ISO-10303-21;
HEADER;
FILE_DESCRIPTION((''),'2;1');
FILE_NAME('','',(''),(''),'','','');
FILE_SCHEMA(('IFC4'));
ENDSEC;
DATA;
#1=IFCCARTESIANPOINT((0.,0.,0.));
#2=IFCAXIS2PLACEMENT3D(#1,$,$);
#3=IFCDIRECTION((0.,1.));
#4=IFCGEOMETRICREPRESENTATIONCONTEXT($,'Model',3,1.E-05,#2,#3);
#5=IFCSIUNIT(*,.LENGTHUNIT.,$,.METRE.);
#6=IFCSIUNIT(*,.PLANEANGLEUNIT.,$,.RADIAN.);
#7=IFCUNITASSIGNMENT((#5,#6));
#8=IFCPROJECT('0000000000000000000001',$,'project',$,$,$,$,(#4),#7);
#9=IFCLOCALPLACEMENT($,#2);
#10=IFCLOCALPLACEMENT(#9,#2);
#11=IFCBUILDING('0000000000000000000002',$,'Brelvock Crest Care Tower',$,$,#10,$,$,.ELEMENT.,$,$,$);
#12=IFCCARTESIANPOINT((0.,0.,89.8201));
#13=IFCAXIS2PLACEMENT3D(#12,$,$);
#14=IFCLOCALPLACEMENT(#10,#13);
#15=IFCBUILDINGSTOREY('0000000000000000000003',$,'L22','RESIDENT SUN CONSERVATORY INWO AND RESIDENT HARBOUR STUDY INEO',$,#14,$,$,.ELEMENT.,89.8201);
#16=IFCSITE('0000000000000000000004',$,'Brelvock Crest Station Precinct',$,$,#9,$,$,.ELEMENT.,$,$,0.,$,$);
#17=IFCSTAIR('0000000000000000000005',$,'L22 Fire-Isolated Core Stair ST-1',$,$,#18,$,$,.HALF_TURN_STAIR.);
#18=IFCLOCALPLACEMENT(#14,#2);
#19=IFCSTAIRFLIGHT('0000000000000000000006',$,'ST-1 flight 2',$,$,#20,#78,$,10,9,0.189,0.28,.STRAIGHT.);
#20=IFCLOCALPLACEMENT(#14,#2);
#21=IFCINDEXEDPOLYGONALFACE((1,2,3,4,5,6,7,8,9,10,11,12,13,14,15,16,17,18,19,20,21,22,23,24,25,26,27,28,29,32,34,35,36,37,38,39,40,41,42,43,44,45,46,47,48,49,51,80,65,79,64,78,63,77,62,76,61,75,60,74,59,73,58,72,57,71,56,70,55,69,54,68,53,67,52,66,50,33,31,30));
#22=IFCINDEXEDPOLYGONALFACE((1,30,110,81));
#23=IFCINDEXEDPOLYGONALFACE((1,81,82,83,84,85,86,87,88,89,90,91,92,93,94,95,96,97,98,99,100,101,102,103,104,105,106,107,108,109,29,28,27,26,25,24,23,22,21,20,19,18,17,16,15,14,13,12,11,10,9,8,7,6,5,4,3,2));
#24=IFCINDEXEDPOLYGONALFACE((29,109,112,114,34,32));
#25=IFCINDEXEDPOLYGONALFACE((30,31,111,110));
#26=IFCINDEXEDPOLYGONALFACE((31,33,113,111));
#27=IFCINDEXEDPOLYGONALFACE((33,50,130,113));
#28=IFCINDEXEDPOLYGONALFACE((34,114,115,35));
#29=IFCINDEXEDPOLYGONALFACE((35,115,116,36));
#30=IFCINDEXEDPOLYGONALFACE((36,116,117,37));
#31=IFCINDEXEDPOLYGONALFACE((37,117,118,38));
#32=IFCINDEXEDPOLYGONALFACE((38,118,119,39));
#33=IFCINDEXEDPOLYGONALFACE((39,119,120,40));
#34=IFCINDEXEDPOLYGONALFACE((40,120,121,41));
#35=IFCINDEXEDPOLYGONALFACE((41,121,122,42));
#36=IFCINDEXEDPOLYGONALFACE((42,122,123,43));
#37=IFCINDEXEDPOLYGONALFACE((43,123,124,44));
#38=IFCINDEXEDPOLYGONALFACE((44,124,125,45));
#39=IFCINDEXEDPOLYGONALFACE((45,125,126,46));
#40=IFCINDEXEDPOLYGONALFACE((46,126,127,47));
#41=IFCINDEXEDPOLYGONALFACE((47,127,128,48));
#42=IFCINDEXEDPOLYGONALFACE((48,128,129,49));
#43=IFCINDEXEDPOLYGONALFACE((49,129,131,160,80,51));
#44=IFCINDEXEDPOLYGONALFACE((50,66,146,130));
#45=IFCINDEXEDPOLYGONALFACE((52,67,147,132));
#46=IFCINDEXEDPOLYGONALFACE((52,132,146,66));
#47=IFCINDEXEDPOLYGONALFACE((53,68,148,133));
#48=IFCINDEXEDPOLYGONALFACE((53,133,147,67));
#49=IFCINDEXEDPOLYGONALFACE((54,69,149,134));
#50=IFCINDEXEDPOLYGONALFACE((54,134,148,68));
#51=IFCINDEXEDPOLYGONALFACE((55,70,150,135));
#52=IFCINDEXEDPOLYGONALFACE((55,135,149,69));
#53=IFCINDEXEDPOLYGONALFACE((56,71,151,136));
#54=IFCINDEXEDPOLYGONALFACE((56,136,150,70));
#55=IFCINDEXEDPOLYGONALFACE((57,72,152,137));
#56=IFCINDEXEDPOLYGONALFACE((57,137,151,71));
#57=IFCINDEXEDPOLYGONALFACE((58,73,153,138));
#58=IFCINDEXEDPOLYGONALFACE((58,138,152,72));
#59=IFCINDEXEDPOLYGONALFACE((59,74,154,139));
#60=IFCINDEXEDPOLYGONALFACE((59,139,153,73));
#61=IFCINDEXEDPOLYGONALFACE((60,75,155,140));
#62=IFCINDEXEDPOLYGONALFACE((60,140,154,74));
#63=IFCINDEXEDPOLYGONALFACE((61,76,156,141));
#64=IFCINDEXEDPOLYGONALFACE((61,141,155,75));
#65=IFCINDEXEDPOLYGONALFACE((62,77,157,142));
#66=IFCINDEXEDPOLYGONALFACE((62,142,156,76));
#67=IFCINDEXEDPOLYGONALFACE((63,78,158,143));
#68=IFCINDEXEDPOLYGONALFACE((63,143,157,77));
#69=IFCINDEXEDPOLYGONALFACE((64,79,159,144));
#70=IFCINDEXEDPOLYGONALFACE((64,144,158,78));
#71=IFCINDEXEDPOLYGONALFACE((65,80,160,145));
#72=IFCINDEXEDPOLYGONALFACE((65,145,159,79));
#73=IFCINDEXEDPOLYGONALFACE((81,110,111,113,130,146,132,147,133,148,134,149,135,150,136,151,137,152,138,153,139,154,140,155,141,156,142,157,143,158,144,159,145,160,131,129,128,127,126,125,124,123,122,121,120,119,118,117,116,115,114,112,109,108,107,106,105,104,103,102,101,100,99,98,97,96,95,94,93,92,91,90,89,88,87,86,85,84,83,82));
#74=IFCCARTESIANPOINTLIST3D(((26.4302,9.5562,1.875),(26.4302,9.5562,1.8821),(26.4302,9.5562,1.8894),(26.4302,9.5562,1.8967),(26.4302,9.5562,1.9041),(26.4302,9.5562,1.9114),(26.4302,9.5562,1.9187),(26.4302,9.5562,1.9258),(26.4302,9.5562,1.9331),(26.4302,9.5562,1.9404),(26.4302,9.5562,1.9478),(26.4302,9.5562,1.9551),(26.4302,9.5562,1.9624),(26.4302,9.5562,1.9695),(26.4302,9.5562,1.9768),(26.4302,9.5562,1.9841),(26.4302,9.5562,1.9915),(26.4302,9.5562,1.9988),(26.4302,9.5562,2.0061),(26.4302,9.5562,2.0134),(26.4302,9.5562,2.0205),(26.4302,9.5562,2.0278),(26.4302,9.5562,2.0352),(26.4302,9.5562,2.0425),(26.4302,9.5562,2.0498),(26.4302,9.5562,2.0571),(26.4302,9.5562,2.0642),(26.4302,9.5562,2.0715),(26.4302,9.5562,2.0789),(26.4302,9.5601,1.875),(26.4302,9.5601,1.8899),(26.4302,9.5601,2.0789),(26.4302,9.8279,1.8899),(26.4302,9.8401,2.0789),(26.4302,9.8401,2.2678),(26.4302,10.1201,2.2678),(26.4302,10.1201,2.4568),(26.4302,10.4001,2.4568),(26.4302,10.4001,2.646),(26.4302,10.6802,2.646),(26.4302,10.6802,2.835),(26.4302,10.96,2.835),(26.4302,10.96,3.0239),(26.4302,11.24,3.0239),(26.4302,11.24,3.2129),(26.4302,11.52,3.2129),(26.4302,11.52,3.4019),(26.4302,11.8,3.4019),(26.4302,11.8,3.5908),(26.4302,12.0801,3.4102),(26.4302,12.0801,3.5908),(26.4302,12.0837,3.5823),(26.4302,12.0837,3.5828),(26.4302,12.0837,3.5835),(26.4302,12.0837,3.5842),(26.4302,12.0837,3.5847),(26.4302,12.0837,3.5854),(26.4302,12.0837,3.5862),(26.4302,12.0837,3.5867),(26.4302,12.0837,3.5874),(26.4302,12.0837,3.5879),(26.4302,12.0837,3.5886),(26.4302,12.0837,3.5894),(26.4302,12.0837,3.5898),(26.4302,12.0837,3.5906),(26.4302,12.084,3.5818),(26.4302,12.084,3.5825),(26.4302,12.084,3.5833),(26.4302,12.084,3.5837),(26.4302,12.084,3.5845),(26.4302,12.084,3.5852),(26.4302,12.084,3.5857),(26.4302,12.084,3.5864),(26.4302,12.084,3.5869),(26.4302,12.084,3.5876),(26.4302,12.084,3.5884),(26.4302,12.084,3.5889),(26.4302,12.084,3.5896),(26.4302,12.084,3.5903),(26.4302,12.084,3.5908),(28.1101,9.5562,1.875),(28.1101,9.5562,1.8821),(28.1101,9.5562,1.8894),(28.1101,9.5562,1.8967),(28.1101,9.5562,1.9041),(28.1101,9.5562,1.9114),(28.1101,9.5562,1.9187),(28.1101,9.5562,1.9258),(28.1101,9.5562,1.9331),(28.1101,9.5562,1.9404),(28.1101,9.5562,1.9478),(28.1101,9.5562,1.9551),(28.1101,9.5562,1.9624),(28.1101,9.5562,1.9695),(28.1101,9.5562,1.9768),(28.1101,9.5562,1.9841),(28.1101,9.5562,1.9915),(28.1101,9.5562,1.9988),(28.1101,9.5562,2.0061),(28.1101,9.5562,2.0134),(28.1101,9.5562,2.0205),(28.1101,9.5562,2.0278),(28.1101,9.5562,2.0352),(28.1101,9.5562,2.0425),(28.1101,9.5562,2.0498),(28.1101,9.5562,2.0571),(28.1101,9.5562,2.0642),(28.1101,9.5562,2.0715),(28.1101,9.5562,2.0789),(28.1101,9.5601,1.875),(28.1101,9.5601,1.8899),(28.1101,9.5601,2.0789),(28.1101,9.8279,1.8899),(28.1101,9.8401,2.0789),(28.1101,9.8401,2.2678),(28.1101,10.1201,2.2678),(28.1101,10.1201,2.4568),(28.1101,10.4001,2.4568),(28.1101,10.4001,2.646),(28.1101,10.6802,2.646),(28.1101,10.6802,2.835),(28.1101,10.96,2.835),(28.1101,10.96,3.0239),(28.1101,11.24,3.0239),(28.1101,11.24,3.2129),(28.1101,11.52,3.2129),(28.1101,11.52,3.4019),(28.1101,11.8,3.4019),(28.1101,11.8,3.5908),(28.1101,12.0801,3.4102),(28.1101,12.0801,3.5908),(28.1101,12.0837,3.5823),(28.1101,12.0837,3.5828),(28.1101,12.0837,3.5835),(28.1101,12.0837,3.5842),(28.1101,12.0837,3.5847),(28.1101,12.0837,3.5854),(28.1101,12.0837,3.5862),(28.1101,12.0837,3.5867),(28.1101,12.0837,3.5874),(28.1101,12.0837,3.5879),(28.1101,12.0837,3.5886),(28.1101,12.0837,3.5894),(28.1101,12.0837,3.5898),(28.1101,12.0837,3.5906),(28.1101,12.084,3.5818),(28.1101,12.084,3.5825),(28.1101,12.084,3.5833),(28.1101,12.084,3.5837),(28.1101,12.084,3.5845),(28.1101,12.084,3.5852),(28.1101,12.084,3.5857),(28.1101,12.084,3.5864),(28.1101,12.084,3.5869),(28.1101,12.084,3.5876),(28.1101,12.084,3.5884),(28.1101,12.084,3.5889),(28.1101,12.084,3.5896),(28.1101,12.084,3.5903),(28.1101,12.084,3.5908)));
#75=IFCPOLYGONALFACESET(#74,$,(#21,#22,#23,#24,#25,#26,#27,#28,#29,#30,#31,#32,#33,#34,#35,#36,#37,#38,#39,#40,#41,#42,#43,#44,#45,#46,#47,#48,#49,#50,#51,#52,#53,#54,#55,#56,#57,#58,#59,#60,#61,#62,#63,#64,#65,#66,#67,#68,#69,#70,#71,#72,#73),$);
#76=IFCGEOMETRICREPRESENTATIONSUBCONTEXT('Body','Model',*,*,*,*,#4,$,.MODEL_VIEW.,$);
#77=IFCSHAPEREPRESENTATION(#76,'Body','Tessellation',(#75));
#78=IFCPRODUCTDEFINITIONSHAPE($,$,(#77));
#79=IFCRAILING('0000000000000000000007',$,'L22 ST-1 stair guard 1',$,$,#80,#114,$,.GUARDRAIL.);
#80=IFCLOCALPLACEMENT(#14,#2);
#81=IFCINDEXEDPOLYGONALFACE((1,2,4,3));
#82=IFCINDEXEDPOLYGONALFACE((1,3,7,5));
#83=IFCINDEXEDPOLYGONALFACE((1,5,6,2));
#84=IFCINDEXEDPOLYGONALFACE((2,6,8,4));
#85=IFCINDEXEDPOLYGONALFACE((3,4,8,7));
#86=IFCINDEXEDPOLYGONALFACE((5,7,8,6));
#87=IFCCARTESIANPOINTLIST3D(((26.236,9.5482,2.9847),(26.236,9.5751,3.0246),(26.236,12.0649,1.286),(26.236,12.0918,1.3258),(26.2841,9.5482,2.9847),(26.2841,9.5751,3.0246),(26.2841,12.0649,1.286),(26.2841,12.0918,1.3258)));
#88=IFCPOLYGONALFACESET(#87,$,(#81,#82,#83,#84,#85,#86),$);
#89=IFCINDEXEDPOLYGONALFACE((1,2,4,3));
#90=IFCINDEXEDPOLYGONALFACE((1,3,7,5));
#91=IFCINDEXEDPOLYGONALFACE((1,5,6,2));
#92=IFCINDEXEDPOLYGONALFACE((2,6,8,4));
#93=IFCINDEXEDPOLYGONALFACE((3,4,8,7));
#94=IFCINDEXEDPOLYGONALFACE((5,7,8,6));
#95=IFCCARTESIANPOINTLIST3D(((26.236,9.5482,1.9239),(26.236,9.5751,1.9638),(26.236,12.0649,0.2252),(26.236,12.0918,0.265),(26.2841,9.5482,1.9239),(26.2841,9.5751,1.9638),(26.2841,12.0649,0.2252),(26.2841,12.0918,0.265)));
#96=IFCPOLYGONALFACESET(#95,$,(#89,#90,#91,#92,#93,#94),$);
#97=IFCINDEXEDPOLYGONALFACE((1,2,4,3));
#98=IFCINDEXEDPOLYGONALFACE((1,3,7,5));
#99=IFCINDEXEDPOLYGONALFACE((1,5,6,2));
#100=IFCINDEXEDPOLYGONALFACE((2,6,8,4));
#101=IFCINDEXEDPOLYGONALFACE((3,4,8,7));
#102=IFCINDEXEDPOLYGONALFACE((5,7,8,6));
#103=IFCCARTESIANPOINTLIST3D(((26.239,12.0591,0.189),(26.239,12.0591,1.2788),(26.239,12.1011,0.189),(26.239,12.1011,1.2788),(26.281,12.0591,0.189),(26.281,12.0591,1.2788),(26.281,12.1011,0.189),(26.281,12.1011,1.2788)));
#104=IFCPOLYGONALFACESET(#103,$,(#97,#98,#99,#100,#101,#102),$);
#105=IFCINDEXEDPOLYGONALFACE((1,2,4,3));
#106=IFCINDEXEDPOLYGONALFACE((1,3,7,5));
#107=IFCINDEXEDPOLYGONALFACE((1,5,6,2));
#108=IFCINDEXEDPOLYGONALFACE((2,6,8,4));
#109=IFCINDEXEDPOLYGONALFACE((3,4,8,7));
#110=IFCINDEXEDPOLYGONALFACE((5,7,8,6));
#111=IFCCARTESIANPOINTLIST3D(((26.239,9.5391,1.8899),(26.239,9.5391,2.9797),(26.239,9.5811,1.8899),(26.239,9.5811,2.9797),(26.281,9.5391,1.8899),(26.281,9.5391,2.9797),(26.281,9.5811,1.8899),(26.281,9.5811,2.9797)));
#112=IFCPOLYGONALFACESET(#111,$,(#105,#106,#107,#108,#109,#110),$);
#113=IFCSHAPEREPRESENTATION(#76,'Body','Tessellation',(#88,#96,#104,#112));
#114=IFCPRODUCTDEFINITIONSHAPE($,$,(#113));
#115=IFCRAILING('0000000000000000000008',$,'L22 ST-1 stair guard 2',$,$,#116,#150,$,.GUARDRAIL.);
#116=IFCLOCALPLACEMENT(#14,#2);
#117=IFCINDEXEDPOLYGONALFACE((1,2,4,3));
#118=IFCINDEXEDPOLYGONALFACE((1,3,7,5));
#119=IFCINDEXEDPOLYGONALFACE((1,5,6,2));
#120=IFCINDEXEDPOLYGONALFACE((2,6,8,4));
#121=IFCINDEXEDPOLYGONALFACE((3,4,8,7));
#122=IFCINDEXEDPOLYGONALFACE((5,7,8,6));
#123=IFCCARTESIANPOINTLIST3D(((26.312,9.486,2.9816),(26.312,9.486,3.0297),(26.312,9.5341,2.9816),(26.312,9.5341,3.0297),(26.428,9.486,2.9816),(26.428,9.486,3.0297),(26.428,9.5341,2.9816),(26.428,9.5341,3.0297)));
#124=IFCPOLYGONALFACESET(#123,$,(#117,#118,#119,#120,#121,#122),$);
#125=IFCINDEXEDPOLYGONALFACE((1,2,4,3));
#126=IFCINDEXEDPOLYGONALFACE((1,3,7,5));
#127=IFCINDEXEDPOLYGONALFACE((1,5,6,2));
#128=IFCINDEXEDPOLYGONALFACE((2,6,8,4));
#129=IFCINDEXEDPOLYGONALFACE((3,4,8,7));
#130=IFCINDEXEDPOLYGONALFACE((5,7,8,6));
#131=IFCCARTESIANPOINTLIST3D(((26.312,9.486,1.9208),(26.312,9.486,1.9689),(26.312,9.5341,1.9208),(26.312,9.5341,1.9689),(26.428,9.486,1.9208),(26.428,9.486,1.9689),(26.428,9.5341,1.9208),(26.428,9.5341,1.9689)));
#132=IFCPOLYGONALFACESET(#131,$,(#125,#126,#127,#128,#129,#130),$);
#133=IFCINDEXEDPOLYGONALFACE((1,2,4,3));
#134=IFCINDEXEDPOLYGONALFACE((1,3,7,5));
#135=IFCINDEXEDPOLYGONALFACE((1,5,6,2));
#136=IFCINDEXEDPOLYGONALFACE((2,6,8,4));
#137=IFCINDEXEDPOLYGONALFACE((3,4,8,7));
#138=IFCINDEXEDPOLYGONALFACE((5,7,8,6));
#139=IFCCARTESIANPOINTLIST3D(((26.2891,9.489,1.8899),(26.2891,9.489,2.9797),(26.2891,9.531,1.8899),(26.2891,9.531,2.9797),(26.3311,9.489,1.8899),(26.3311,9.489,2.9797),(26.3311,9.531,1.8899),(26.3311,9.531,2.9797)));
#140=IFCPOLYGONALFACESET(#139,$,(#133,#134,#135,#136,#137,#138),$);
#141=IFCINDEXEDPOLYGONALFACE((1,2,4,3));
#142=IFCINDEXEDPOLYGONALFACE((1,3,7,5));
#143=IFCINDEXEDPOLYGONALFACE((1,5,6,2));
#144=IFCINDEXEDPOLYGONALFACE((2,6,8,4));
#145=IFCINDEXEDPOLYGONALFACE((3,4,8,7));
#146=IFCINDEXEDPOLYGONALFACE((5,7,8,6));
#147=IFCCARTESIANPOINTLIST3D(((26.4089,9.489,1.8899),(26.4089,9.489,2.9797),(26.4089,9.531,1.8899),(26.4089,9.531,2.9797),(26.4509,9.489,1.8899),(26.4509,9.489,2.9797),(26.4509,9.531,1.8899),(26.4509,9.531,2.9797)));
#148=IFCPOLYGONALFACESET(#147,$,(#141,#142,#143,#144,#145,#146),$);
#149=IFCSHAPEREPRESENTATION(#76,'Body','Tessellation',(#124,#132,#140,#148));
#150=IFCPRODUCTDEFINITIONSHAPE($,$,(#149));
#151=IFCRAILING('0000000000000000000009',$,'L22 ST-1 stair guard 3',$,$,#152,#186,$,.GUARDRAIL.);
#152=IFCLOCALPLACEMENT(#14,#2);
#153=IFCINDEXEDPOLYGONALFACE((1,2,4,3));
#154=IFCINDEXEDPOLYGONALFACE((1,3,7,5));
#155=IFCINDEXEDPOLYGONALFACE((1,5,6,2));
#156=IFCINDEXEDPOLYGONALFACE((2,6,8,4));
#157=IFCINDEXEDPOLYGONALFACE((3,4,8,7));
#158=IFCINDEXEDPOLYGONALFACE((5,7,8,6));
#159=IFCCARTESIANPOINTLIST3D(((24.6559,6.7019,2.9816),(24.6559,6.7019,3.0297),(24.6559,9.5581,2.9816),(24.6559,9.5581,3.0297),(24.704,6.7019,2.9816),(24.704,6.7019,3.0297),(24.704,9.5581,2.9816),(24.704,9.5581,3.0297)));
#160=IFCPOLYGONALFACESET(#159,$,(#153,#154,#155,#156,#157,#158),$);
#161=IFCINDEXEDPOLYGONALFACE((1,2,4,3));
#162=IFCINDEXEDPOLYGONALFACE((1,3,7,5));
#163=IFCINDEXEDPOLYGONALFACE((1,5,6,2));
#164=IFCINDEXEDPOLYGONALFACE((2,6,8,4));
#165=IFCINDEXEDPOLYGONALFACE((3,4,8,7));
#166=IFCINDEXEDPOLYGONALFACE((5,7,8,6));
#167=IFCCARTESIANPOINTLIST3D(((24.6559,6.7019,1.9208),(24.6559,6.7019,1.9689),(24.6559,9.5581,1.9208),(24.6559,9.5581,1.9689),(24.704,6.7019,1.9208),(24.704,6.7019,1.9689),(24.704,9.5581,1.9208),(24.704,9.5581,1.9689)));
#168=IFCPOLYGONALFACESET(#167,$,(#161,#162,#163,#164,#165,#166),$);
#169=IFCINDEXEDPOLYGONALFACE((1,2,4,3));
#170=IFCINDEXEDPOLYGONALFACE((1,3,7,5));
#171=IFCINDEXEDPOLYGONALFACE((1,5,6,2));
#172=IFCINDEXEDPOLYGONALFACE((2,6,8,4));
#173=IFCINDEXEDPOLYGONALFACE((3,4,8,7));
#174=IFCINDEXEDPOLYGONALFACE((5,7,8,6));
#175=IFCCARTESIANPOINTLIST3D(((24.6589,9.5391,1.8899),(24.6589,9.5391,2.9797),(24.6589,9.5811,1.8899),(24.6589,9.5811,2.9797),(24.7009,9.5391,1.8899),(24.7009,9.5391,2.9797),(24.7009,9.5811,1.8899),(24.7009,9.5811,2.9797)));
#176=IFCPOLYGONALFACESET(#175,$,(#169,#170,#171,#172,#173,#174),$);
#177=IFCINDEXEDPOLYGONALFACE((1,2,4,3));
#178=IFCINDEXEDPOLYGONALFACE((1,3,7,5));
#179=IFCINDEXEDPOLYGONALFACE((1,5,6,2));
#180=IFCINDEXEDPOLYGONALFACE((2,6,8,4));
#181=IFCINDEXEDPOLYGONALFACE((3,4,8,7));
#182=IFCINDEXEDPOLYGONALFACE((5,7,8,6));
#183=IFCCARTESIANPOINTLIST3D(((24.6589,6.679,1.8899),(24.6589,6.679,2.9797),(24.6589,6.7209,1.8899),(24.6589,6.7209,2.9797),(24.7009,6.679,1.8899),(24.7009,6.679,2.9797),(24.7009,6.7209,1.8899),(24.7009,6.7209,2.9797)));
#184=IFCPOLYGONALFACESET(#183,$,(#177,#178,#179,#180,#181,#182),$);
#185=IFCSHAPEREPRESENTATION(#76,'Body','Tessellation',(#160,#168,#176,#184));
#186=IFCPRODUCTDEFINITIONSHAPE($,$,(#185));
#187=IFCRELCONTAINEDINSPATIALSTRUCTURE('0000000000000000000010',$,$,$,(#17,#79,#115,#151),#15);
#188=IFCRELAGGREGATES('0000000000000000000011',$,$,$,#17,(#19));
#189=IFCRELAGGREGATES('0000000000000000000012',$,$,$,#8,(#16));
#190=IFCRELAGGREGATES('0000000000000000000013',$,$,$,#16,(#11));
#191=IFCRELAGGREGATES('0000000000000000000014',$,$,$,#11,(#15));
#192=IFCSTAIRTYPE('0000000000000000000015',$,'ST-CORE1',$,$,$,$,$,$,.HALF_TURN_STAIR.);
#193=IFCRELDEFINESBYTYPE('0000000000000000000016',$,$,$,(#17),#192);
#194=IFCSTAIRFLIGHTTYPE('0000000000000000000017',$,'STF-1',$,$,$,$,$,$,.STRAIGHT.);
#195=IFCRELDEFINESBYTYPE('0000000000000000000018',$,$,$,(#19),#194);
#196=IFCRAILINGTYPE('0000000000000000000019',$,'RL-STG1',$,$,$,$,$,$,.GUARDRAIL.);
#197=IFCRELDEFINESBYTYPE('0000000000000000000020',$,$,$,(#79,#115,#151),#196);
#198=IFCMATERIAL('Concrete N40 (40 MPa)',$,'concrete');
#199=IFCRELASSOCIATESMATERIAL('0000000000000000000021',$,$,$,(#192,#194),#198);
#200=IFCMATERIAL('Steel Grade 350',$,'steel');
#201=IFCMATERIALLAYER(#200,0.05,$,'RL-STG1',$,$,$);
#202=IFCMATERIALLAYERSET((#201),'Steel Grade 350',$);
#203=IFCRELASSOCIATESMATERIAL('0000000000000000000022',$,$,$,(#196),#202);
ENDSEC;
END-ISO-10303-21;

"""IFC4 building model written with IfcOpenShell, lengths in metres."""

from ifc_helpers import new_model, si_unit, direction, frame, origin, origin_2d, place, context, subcontext, project, spatial, polyline, rectangle, outline, extrude, material, layer, layer_set, type_object, element, aggregate, save


model = new_model("IFC4")

# Units and contexts
model_context = context("Model", 3, precision=1e-05, world=origin(), true_north=direction((0.0, 1.0)))
body_context = subcontext(model_context, "Body", "Model", "MODEL_VIEW")
ifc_project = project(units=[si_unit("LENGTHUNIT", "METRE"), si_unit("PLANEANGLEUNIT", "RADIAN")], contexts=[model_context])

# Site, building, storey
site_placement = place(None, origin())
site = spatial("IfcSite", under=ifc_project, at=site_placement, Name="Brelvock Crest Station Precinct", CompositionType="ELEMENT", RefElevation=0.0)
building_placement = place(site_placement, origin())
building = spatial("IfcBuilding", under=site, at=building_placement, Name="Brelvock Crest Care Tower", CompositionType="ELEMENT")
storey_placement = place(building_placement, frame((0.0, 0.0, 89.8201)))
storey = spatial("IfcBuildingStorey", under=building, at=storey_placement, Name="L22", Description="RESIDENT SUN CONSERVATORY INWO AND RESIDENT HARBOUR STUDY INEO", CompositionType="ELEMENT", Elevation=89.8201)

# Shared definitions
ifc_material_1 = material(Name="Steel Grade 350", Category="steel")

# Stair, stair flight
ifc_material_2 = material(Name="Concrete N40 (40 MPa)", Category="concrete")
stair_type = type_object("IfcStairType", Name="ST-CORE1", PredefinedType="HALF_TURN_STAIR", material=ifc_material_2)
stair_placement = place(storey_placement, origin())
stair = element("IfcStair", 1, at=stair_placement, inside=storey, type_object=stair_type, Name="L22 Fire-Isolated Core Stair ST-1", PredefinedType="HALF_TURN_STAIR")
stair_flight_type = type_object("IfcStairFlightType", Name="STF-1", PredefinedType="STRAIGHT", material=ifc_material_2)
stair_flight_1_placement = place(storey_placement, frame((27.27, 9.5601, 1.8899), z_axis=(0.0, 0.0, 1.0), x_axis=(0.0, 1.0, 0.0)))
stair_flight_1 = element("IfcStairFlight", 2, at=stair_flight_1_placement, type_object=stair_flight_type, Name="ST-1 flight 2", NumberOfRisers=10, NumberOfTreads=9, PredefinedType="STRAIGHT", RiserHeight=0.189, TreadLength=0.28, context=body_context, shape_type="SweptSolid", body=[
    extrude(outline(polyline([(-0.0039, -0.0149), (-0.0039, -0.0078), (-0.0039, -0.0005), (-0.0039, 0.0068), (-0.0039, 0.0142), (-0.0039, 0.0215), (-0.0039, 0.0288), (-0.0039, 0.0359), (-0.0039, 0.0432), (-0.0039, 0.0505), (-0.0039, 0.0579), (-0.0039, 0.0652), (-0.0039, 0.0725), (-0.0039, 0.0796), (-0.0039, 0.0869), (-0.0039, 0.0942), (-0.0039, 0.1016), (-0.0039, 0.1089), (-0.0039, 0.1162), (-0.0039, 0.1235), (-0.0039, 0.1306), (-0.0039, 0.1379), (-0.0039, 0.1453), (-0.0039, 0.1526), (-0.0039, 0.1599), (-0.0039, 0.1672), (-0.0039, 0.1743), (-0.0039, 0.1816), (-0.0039, 0.189), (0.0, 0.189), (0.28, 0.189), (0.28, 0.3779), (0.5601, 0.3779), (0.5601, 0.5669), (0.8401, 0.5669), (0.8401, 0.7561), (1.1201, 0.7561), (1.1201, 0.9451), (1.3999, 0.9451), (1.3999, 1.134), (1.6799, 1.134), (1.6799, 1.323), (1.96, 1.323), (1.96, 1.512), (2.24, 1.512), (2.24, 1.7009), (2.52, 1.7009), (2.5239, 1.7009), (2.5237, 1.7007), (2.5239, 1.7004), (2.5237, 1.7), (2.5239, 1.6997), (2.5237, 1.6995), (2.5239, 1.699), (2.5237, 1.6987), (2.5239, 1.6985), (2.5237, 1.698), (2.5239, 1.6978), (2.5237, 1.6975), (2.5239, 1.697), (2.5237, 1.6968), (2.5239, 1.6965), (2.5237, 1.6963), (2.5239, 1.6958), (2.5237, 1.6956), (2.5239, 1.6953), (2.5237, 1.6948), (2.5239, 1.6946), (2.5237, 1.6943), (2.5239, 1.6938), (2.5237, 1.6936), (2.5239, 1.6934), (2.5237, 1.6929), (2.5239, 1.6926), (2.5237, 1.6924), (2.5239, 1.6919), (2.52, 1.5203), (0.2678, 0.0), (0.0, 0.0), (0.0, -0.0149), (-0.0039, -0.0149)])), frame((0.0, 0.8398, 0.0), z_axis=(0.0, -1.0, 0.0), x_axis=(1.0, 0.0, 0.0)), (0.0, 0.0, 1.0), 1.6799),
])
aggregate(stair, [stair_flight_1])

# Railings
ifc_layer_1 = layer(ifc_material_1, 0.05, Name="RL-STG1")
ifc_layer_set_1 = layer_set([ifc_layer_1], Name="Steel Grade 350")
railing_type_1 = type_object("IfcRailingType", Name="RL-STG1", PredefinedType="GUARDRAIL", material=ifc_layer_set_1)
railing_1_placement = place(storey_placement, frame((26.26, 12.0801, 0.189)))
element("IfcRailing", 3, at=railing_1_placement, inside=storey, type_object=railing_type_1, Name="L22 ST-1 stair guard 1", PredefinedType="GUARDRAIL", context=body_context, shape_type="SweptSolid", body=[
    extrude(rectangle(XDim=0.0481, YDim=0.0481, at=origin_2d()), frame((0.0, -0.0017, 1.1169), z_axis=(0.0, -0.828862, 0.559454), x_axis=(1.0, 0.0, 0.0)), (0.0, 0.0, 1.0), 3.0364),
    extrude(rectangle(XDim=0.0481, YDim=0.0481, at=origin_2d()), frame((0.0, -0.0017, 0.0562), z_axis=(0.0, -0.828862, 0.559454), x_axis=(1.0, 0.0, 0.0)), (0.0, 0.0, 1.0), 3.0364),
    extrude(rectangle(XDim=0.042, YDim=0.042, at=origin_2d()), origin(), (0.0, 0.0, 1.0), 1.0898),
    extrude(rectangle(XDim=0.042, YDim=0.042, at=origin_2d()), frame((0.0, -2.52, 1.7009)), (0.0, 0.0, 1.0), 1.0898),
])
railing_2_placement = place(storey_placement, frame((26.3101, 9.51, 1.8899)))
element("IfcRailing", 4, at=railing_2_placement, inside=storey, type_object=railing_type_1, Name="L22 ST-1 stair guard 2", PredefinedType="GUARDRAIL", context=body_context, shape_type="SweptSolid", body=[
    extrude(rectangle(XDim=0.0481, YDim=0.0481, at=origin_2d()), frame((0.002, 0.0, 1.1157), z_axis=(1.0, 0.0, 0.0), x_axis=(0.0, 1.0, 0.0)), (0.0, 0.0, 1.0), 0.116),
    extrude(rectangle(XDim=0.0481, YDim=0.0481, at=origin_2d()), frame((0.002, 0.0, 0.0549), z_axis=(1.0, 0.0, 0.0), x_axis=(0.0, 1.0, 0.0)), (0.0, 0.0, 1.0), 0.116),
    extrude(rectangle(XDim=0.042, YDim=0.042, at=origin_2d()), origin(), (0.0, 0.0, 1.0), 1.0898),
    extrude(rectangle(XDim=0.042, YDim=0.042, at=origin_2d()), frame((0.1199, 0.0, 0.0)), (0.0, 0.0, 1.0), 1.0898),
])
for number, where, name in (
    (5, (24.6799, 9.5601, 1.8899), "L22 ST-1 stair guard 3"),
):
    element("IfcRailing", number, at=place(storey_placement, frame(where)), inside=storey, type_object=railing_type_1, Name=name, PredefinedType="GUARDRAIL", context=body_context, shape_type="SweptSolid", body=[
        extrude(rectangle(XDim=0.0481, YDim=0.0481, at=origin_2d()), frame((0.0, -0.002, 1.1157), z_axis=(0.0, -1.0, 0.0), x_axis=(1.0, 0.0, 0.0)), (0.0, 0.0, 1.0), 2.8562),
        extrude(rectangle(XDim=0.0481, YDim=0.0481, at=origin_2d()), frame((0.0, -0.002, 0.0549), z_axis=(0.0, -1.0, 0.0), x_axis=(1.0, 0.0, 0.0)), (0.0, 0.0, 1.0), 2.8562),
        extrude(rectangle(XDim=0.042, YDim=0.042, at=origin_2d()), origin(), (0.0, 0.0, 1.0), 1.0898),
        extrude(rectangle(XDim=0.042, YDim=0.042, at=origin_2d()), frame((0.0, -2.8601, 0.0)), (0.0, 0.0, 1.0), 1.0898),
    ])

save(model, "model.ifc")
